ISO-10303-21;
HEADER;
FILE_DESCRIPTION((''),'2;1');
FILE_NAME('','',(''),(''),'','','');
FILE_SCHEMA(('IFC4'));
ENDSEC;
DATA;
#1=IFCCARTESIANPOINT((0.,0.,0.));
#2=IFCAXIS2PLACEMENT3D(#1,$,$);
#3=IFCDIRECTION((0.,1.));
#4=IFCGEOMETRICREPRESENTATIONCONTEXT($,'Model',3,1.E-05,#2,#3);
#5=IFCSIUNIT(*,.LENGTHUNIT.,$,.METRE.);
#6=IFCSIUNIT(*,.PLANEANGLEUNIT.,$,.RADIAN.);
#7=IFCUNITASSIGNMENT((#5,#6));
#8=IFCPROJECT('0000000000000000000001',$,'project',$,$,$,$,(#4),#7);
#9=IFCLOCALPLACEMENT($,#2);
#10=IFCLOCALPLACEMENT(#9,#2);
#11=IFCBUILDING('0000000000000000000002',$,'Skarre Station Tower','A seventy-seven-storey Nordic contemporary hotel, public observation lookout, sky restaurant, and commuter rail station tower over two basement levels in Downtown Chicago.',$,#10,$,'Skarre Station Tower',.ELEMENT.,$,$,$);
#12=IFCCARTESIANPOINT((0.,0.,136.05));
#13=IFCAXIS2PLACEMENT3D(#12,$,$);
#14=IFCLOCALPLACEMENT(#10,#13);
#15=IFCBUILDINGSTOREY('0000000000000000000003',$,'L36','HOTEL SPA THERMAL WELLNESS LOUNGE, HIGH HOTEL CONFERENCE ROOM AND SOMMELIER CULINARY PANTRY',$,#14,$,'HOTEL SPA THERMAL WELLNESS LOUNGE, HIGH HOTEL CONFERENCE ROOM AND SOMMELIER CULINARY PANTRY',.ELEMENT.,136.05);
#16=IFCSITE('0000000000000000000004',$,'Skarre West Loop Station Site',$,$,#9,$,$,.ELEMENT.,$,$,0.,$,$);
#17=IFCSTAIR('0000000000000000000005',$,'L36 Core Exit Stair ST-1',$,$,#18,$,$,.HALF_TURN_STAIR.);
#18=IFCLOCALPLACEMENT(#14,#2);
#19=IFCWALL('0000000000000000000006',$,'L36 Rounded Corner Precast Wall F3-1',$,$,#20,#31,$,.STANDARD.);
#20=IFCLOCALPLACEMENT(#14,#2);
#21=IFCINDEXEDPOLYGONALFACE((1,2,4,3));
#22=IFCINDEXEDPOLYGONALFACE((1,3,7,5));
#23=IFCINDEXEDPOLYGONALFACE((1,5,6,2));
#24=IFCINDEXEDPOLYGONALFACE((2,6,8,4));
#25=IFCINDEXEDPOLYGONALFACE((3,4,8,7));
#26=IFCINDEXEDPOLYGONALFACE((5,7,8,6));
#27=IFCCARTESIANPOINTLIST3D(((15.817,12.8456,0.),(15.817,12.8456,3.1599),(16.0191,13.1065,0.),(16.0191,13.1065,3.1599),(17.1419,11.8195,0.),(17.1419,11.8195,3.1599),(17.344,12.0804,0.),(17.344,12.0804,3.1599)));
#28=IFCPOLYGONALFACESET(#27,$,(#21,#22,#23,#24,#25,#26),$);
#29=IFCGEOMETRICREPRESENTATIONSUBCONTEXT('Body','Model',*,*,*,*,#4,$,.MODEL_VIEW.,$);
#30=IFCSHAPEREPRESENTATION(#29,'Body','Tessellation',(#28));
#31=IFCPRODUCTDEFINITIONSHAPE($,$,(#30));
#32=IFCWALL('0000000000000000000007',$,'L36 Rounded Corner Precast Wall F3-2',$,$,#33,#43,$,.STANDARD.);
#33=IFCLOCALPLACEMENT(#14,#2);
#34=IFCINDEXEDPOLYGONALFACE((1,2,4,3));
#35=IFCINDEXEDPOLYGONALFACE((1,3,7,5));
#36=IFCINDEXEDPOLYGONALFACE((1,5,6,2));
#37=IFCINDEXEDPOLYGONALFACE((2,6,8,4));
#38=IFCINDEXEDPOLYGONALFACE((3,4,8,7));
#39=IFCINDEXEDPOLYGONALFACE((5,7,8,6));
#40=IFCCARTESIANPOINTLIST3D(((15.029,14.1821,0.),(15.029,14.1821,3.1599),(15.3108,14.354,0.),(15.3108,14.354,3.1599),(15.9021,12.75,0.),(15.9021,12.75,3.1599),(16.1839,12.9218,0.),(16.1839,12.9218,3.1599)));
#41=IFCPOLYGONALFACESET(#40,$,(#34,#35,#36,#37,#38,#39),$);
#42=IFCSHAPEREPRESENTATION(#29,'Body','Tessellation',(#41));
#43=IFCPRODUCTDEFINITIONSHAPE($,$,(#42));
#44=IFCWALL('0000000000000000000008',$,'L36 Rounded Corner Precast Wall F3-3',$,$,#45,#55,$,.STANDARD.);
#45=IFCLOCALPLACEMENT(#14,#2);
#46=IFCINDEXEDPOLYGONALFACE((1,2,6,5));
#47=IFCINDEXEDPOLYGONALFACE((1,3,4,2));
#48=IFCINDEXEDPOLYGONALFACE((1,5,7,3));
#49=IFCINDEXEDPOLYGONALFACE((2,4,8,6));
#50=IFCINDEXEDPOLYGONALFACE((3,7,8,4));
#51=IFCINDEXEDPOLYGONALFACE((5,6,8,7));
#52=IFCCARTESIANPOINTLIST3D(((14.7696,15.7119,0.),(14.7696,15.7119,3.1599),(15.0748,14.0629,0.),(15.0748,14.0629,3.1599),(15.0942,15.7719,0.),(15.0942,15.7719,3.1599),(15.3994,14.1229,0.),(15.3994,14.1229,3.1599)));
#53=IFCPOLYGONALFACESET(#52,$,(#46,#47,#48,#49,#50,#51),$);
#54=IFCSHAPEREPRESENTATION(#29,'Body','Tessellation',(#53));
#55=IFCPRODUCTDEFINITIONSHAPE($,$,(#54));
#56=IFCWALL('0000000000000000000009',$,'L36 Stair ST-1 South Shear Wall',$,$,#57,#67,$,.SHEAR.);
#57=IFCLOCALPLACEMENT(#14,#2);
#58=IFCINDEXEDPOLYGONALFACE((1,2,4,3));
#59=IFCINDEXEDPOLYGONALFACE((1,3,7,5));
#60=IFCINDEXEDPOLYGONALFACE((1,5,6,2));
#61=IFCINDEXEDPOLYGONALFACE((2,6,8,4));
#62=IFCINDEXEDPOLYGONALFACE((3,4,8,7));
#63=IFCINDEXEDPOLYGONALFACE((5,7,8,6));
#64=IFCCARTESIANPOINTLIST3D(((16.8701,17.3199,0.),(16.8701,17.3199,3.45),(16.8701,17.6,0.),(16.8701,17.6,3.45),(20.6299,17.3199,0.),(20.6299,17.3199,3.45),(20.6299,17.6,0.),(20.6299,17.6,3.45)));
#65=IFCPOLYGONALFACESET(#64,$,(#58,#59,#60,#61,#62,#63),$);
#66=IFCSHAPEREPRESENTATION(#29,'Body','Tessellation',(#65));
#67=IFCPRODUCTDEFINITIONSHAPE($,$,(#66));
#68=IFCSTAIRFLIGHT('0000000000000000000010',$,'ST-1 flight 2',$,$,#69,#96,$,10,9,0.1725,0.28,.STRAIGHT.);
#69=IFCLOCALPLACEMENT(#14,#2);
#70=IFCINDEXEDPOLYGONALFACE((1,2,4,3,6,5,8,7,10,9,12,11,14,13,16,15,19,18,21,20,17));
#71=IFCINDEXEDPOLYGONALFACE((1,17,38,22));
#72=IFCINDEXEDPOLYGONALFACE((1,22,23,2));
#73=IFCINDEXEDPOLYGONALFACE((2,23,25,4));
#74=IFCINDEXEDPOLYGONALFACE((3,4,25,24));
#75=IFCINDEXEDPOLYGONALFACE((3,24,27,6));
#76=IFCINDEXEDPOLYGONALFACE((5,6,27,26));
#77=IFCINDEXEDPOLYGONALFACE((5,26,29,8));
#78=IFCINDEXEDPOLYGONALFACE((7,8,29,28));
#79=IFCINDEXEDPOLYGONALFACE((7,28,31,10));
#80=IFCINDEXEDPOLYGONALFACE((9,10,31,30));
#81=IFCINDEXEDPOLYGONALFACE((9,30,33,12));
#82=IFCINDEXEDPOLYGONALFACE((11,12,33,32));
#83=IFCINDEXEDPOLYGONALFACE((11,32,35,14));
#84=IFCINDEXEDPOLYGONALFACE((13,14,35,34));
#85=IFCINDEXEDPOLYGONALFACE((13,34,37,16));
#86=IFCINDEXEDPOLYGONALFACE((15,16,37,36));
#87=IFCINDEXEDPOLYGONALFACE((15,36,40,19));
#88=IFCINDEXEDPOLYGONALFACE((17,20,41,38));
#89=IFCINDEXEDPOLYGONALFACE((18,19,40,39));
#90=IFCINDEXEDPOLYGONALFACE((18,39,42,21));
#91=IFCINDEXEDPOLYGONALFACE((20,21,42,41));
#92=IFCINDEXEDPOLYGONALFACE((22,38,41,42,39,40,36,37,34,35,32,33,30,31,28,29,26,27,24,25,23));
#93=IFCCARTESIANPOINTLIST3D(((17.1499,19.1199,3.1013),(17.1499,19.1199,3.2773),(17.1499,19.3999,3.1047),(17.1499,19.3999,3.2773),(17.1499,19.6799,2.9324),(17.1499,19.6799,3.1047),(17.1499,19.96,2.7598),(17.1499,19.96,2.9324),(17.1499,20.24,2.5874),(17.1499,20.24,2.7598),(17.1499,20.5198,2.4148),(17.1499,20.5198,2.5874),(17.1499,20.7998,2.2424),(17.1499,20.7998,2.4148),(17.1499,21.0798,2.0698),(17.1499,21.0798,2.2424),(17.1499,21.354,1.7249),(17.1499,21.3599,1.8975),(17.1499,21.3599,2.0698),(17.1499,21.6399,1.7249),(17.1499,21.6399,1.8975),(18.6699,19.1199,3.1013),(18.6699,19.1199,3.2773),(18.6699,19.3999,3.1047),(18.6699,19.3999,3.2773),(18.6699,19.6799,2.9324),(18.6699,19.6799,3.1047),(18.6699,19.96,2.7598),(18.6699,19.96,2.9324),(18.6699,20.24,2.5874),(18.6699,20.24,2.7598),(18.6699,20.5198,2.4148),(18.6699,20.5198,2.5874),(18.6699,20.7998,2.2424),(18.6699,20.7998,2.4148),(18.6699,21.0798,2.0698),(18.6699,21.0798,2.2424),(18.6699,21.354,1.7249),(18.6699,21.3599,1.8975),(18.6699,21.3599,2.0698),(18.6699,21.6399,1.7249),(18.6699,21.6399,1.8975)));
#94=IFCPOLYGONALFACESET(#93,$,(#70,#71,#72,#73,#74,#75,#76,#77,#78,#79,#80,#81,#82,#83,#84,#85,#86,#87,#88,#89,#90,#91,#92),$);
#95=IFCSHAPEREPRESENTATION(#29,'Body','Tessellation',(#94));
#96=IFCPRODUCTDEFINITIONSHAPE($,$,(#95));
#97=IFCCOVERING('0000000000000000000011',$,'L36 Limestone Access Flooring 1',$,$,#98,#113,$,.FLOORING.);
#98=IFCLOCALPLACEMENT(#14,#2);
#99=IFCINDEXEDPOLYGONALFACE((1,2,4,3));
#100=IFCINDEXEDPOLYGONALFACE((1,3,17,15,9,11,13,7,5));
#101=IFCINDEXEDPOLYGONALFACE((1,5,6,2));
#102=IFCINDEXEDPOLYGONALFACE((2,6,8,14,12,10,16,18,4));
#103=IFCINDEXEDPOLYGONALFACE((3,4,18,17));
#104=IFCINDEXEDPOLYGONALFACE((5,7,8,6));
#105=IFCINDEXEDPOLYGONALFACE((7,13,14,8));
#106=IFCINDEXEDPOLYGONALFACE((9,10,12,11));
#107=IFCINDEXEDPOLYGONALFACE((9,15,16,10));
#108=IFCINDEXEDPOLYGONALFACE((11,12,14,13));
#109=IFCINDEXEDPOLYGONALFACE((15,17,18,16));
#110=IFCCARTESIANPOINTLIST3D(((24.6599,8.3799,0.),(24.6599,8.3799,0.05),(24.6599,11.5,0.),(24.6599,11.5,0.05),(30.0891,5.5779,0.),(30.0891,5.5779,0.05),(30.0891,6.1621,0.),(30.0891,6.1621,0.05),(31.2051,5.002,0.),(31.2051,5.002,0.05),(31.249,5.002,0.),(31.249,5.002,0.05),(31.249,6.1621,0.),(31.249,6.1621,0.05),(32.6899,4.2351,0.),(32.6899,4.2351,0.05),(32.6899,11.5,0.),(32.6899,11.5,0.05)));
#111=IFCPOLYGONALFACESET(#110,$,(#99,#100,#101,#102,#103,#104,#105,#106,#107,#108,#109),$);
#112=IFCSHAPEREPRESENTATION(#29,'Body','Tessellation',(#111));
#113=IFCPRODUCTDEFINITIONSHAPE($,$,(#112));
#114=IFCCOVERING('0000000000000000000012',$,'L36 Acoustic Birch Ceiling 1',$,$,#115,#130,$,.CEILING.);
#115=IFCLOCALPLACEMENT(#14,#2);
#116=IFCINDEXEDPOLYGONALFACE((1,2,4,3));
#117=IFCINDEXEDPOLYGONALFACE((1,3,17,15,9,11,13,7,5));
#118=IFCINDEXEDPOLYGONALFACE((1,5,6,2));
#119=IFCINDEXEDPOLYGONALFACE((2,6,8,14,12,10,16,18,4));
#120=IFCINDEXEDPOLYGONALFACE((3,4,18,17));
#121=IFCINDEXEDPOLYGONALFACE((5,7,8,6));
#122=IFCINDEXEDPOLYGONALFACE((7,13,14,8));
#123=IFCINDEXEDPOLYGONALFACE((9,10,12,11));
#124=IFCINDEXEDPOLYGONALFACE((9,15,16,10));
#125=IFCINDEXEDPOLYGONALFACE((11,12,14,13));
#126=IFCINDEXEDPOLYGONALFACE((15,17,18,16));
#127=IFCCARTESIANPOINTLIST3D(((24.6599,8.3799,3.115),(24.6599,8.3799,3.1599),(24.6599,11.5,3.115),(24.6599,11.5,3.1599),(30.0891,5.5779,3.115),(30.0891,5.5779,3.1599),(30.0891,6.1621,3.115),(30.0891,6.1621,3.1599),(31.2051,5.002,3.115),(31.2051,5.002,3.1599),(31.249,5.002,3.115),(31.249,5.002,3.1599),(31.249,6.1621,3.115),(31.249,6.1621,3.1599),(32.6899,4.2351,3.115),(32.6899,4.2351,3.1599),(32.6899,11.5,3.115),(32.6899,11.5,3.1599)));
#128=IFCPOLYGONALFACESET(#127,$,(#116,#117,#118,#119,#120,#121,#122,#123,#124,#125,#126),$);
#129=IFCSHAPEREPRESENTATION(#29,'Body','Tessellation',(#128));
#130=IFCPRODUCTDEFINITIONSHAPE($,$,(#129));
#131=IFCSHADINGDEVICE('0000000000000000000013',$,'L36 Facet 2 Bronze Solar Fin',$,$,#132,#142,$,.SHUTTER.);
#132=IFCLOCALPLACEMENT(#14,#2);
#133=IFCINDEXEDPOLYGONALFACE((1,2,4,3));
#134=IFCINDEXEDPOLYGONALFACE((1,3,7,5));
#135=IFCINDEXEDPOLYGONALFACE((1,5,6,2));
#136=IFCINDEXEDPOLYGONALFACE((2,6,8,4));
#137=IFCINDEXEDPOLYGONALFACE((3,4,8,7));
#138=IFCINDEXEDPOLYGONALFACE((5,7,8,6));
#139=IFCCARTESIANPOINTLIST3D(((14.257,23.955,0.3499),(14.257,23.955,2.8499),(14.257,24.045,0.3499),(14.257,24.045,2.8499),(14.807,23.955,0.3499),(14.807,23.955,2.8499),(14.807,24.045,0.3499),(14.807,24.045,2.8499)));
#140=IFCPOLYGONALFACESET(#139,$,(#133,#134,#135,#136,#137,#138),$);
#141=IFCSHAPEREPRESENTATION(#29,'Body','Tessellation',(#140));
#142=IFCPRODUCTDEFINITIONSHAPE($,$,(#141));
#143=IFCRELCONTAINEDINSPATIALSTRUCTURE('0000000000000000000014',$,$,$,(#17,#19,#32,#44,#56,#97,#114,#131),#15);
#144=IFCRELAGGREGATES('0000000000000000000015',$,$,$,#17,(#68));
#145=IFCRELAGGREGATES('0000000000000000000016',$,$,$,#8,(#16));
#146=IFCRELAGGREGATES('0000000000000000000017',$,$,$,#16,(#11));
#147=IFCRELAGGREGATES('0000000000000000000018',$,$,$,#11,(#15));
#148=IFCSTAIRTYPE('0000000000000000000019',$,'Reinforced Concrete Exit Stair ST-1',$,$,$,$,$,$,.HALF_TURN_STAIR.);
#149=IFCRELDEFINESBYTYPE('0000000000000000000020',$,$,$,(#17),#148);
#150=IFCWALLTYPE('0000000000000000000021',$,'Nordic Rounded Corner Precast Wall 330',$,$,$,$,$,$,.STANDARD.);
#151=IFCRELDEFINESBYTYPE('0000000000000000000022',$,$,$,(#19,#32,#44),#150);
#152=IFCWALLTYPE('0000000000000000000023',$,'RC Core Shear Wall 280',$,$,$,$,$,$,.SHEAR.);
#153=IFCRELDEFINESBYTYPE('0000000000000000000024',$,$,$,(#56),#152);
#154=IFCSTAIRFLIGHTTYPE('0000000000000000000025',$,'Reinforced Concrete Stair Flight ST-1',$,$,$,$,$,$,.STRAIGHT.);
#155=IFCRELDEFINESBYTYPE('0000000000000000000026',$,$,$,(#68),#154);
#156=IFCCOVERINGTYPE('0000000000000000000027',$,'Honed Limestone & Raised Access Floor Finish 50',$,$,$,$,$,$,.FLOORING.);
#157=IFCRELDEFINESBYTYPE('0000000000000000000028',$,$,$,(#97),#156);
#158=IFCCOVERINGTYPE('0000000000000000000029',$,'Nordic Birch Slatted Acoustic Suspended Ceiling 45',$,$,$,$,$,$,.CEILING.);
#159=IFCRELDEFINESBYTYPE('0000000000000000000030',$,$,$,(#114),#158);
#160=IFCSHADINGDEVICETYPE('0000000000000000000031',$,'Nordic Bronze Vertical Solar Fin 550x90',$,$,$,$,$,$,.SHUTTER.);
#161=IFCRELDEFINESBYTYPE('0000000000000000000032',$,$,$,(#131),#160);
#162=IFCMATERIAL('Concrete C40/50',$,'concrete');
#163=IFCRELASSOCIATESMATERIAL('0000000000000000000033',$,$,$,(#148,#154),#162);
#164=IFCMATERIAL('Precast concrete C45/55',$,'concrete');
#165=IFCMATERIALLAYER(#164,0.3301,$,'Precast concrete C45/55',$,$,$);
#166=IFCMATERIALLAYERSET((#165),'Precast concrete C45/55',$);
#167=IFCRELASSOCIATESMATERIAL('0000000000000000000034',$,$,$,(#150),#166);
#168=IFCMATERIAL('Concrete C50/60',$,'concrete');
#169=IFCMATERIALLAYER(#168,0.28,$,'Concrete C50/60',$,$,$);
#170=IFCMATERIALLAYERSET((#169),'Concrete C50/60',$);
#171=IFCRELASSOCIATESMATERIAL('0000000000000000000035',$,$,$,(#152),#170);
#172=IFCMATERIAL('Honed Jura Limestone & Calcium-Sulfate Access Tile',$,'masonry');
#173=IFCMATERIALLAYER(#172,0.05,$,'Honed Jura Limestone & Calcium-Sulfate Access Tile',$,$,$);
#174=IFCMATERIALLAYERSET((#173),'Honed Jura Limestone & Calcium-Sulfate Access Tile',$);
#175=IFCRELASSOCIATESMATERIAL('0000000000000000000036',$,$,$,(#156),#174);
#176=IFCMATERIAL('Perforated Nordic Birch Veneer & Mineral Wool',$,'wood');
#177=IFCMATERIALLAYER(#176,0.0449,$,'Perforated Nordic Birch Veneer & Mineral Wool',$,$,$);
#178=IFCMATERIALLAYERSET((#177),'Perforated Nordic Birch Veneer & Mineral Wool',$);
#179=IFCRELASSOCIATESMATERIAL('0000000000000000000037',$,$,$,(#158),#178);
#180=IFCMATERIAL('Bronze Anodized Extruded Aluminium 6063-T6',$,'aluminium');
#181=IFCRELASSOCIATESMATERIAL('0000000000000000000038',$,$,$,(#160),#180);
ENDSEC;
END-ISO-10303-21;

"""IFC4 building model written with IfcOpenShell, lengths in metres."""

from ifc_helpers import new_model, si_unit, direction, frame, frame_2d, origin, origin_2d, place, context, subcontext, project, spatial, polyline, rectangle, outline, extrude, material, layer, layer_set, type_object, element, aggregate, save


model = new_model("IFC4")

# Units and contexts
model_context = context("Model", 3, precision=1e-05, world=origin(), true_north=direction((0.0, 1.0)))
body_context = subcontext(model_context, "Body", "Model", "MODEL_VIEW")
ifc_project = project(units=[si_unit("LENGTHUNIT", "METRE"), si_unit("PLANEANGLEUNIT", "RADIAN")], contexts=[model_context])

# Site, building, storey
site_placement = place(None, origin())
site = spatial("IfcSite", under=ifc_project, at=site_placement, Name="Skarre West Loop Station Site", CompositionType="ELEMENT", RefElevation=0.0)
building_placement = place(site_placement, origin())
building = spatial("IfcBuilding", under=site, at=building_placement, Name="Skarre Station Tower", Description="A seventy-seven-storey Nordic contemporary hotel, public observation lookout, sky restaurant, and commuter rail station tower over two basement levels in Downtown Chicago.", LongName="Skarre Station Tower", CompositionType="ELEMENT")
storey_placement = place(building_placement, frame((0.0, 0.0, 136.05)))
storey = spatial("IfcBuildingStorey", under=building, at=storey_placement, Name="L36", Description="HOTEL SPA THERMAL WELLNESS LOUNGE, HIGH HOTEL CONFERENCE ROOM AND SOMMELIER CULINARY PANTRY", LongName="HOTEL SPA THERMAL WELLNESS LOUNGE, HIGH HOTEL CONFERENCE ROOM AND SOMMELIER CULINARY PANTRY", CompositionType="ELEMENT", Elevation=136.05)

# Stair
ifc_material_1 = material(Name="Concrete C40/50", Category="concrete")
stair_type_1 = type_object("IfcStairType", Name="Reinforced Concrete Exit Stair ST-1", PredefinedType="HALF_TURN_STAIR", material=ifc_material_1)
stair_1_placement = place(storey_placement, origin())
stair_1 = element("IfcStair", 1, at=stair_1_placement, inside=storey, type_object=stair_type_1, Name="L36 Core Exit Stair ST-1", PredefinedType="HALF_TURN_STAIR")

# Shared definitions
ifc_material_2 = material(Name="Concrete C50/60", Category="concrete")

# Shared definitions
ifc_material_3 = material(Name="Precast concrete C45/55", Category="concrete")

# Walls
ifc_layer_1 = layer(ifc_material_3, 0.3301, Name="Precast concrete C45/55")
ifc_layer_set_1 = layer_set([ifc_layer_1], Name="Precast concrete C45/55")
wall_type_1 = type_object("IfcWallType", Name="Nordic Rounded Corner Precast Wall 330", PredefinedType="STANDARD", material=ifc_layer_set_1)
wall_1_placement = place(storey_placement, frame((17.2429, 11.95, 0.0), z_axis=(0.0, 0.0, 1.0), x_axis=(-0.790621, 0.612305, 0.0)))
element("IfcWall", 2, at=wall_1_placement, inside=storey, type_object=wall_type_1, Name="L36 Rounded Corner Precast Wall F3-1", PredefinedType="STANDARD", context=body_context, shape_type="SweptSolid", body=[
    extrude(rectangle(XDim=1.6758, YDim=0.3301, at=frame_2d((0.8379, 0.0))), origin(), (0.0, 0.0, 1.0), 3.1599),
])
wall_2_placement = place(storey_placement, frame((16.043, 12.8359, 0.0), z_axis=(0.0, 0.0, 1.0), x_axis=(-0.520519, 0.85385, 0.0)))
element("IfcWall", 3, at=wall_2_placement, inside=storey, type_object=wall_type_1, Name="L36 Rounded Corner Precast Wall F3-2", PredefinedType="STANDARD", context=body_context, shape_type="SweptSolid", body=[
    extrude(rectangle(XDim=1.6772, YDim=0.3301, at=frame_2d((0.8386, 0.0))), origin(), (0.0, 0.0, 1.0), 3.1599),
])
wall_3_placement = place(storey_placement, frame((15.2371, 14.093, 0.0), z_axis=(0.0, 0.0, 1.0), x_axis=(-0.181985, 0.983301, 0.0)))
element("IfcWall", 4, at=wall_3_placement, inside=storey, type_object=wall_type_1, Name="L36 Rounded Corner Precast Wall F3-3", PredefinedType="STANDARD", context=body_context, shape_type="SweptSolid", body=[
    extrude(rectangle(XDim=1.677, YDim=0.3301, at=frame_2d((0.8384, 0.0))), origin(), (0.0, 0.0, 1.0), 3.1599),
])
ifc_layer_2 = layer(ifc_material_2, 0.28, Name="Concrete C50/60")
ifc_layer_set_2 = layer_set([ifc_layer_2], Name="Concrete C50/60")
wall_type_2 = type_object("IfcWallType", Name="RC Core Shear Wall 280", PredefinedType="SHEAR", material=ifc_layer_set_2)
wall_4_placement = place(storey_placement, frame((16.8701, 17.46, 0.0), z_axis=(0.0, 0.0, 1.0), x_axis=(1.0, 0.0, 0.0)))
element("IfcWall", 5, at=wall_4_placement, inside=storey, type_object=wall_type_2, Name="L36 Stair ST-1 South Shear Wall", PredefinedType="SHEAR", context=body_context, shape_type="SweptSolid", body=[
    extrude(rectangle(XDim=3.7598, YDim=0.28, at=frame_2d((1.8799, 0.0))), origin(), (0.0, 0.0, 1.0), 3.45),
])

# Stair flight
stair_flight_type = type_object("IfcStairFlightType", Name="Reinforced Concrete Stair Flight ST-1", PredefinedType="STRAIGHT", material=ifc_material_1)
stair_flight_placement = place(storey_placement, frame((17.9099, 21.6399, 1.7249), z_axis=(0.0, 0.0, 1.0), x_axis=(0.0, -1.0, 0.0)))
stair_flight = element("IfcStairFlight", 6, at=stair_flight_placement, type_object=stair_flight_type, Name="ST-1 flight 2", NumberOfRisers=10, NumberOfTreads=9, PredefinedType="STRAIGHT", RiserHeight=0.1725, TreadLength=0.28, context=body_context, shape_type="SweptSolid", body=[
    extrude(outline(polyline([(0.0, 0.0), (0.0, 0.1726), (0.28, 0.1726), (0.28, 0.345), (0.5601, 0.345), (0.5601, 0.5176), (0.8401, 0.5176), (0.8401, 0.6899), (1.1201, 0.6899), (1.1201, 0.8625), (1.3999, 0.8625), (1.3999, 1.0349), (1.6799, 1.0349), (1.6799, 1.2075), (1.96, 1.2075), (1.96, 1.3799), (2.24, 1.3799), (2.24, 1.5525), (2.52, 1.5525), (2.52, 1.7251), (2.52, 1.3765), (0.2859, 0.0), (0.0, 0.0)])), frame((0.0, 0.76, 0.0), z_axis=(0.0, -1.0, 0.0), x_axis=(1.0, 0.0, 0.0)), (0.0, 0.0, 1.0), 1.52),
])
aggregate(stair_1, [stair_flight])

# Coverings
ifc_material_4 = material(Name="Honed Jura Limestone & Calcium-Sulfate Access Tile", Category="masonry")
ifc_layer_3 = layer(ifc_material_4, 0.05, Name="Honed Jura Limestone & Calcium-Sulfate Access Tile")
ifc_layer_set_3 = layer_set([ifc_layer_3], Name="Honed Jura Limestone & Calcium-Sulfate Access Tile")
covering_type_1 = type_object("IfcCoveringType", Name="Honed Limestone & Raised Access Floor Finish 50", PredefinedType="FLOORING", material=ifc_layer_set_3)
covering_1_placement = place(storey_placement, origin())
element("IfcCovering", 7, at=covering_1_placement, inside=storey, type_object=covering_type_1, Name="L36 Limestone Access Flooring 1", PredefinedType="FLOORING", context=body_context, shape_type="SweptSolid", body=[
    extrude(outline(polyline([(24.6599, 8.3799), (30.0891, 5.5779), (30.0891, 6.1621), (31.249, 6.1621), (31.249, 5.002), (31.2051, 5.002), (32.6899, 4.2351), (32.6899, 11.5), (24.6599, 11.5), (24.6599, 8.3799)])), origin(), (0.0, 0.0, 1.0), 0.05),
])
ifc_material_5 = material(Name="Perforated Nordic Birch Veneer & Mineral Wool", Category="wood")
ifc_layer_4 = layer(ifc_material_5, 0.0449, Name="Perforated Nordic Birch Veneer & Mineral Wool")
ifc_layer_set_4 = layer_set([ifc_layer_4], Name="Perforated Nordic Birch Veneer & Mineral Wool")
covering_type_2 = type_object("IfcCoveringType", Name="Nordic Birch Slatted Acoustic Suspended Ceiling 45", PredefinedType="CEILING", material=ifc_layer_set_4)
covering_2_placement = place(storey_placement, frame((0.0, 0.0, 3.115)))
element("IfcCovering", 8, at=covering_2_placement, inside=storey, type_object=covering_type_2, Name="L36 Acoustic Birch Ceiling 1", PredefinedType="CEILING", context=body_context, shape_type="SweptSolid", body=[
    extrude(outline(polyline([(24.6599, 8.3799), (30.0891, 5.5779), (30.0891, 6.1621), (31.249, 6.1621), (31.249, 5.002), (31.2051, 5.002), (32.6899, 4.2351), (32.6899, 11.5), (24.6599, 11.5), (24.6599, 8.3799)])), origin(), (0.0, 0.0, 1.0), 0.0449),
])

# Shading device
ifc_material_6 = material(Name="Bronze Anodized Extruded Aluminium 6063-T6", Category="aluminium")
shading_device_type = type_object("IfcShadingDeviceType", Name="Nordic Bronze Vertical Solar Fin 550x90", PredefinedType="SHUTTER", material=ifc_material_6)
shading_device_placement = place(storey_placement, frame((14.532, 24.0, 0.3499), z_axis=(0.0, 0.0, 1.0), x_axis=(-1.0, 0.0, 0.0)))
element("IfcShadingDevice", 9, at=shading_device_placement, inside=storey, type_object=shading_device_type, Name="L36 Facet 2 Bronze Solar Fin", PredefinedType="SHUTTER", context=body_context, shape_type="SweptSolid", body=[
    extrude(rectangle(XDim=0.55, YDim=0.0901, at=origin_2d()), origin(), (0.0, 0.0, 1.0), 2.5),
])

save(model, "model.ifc")
